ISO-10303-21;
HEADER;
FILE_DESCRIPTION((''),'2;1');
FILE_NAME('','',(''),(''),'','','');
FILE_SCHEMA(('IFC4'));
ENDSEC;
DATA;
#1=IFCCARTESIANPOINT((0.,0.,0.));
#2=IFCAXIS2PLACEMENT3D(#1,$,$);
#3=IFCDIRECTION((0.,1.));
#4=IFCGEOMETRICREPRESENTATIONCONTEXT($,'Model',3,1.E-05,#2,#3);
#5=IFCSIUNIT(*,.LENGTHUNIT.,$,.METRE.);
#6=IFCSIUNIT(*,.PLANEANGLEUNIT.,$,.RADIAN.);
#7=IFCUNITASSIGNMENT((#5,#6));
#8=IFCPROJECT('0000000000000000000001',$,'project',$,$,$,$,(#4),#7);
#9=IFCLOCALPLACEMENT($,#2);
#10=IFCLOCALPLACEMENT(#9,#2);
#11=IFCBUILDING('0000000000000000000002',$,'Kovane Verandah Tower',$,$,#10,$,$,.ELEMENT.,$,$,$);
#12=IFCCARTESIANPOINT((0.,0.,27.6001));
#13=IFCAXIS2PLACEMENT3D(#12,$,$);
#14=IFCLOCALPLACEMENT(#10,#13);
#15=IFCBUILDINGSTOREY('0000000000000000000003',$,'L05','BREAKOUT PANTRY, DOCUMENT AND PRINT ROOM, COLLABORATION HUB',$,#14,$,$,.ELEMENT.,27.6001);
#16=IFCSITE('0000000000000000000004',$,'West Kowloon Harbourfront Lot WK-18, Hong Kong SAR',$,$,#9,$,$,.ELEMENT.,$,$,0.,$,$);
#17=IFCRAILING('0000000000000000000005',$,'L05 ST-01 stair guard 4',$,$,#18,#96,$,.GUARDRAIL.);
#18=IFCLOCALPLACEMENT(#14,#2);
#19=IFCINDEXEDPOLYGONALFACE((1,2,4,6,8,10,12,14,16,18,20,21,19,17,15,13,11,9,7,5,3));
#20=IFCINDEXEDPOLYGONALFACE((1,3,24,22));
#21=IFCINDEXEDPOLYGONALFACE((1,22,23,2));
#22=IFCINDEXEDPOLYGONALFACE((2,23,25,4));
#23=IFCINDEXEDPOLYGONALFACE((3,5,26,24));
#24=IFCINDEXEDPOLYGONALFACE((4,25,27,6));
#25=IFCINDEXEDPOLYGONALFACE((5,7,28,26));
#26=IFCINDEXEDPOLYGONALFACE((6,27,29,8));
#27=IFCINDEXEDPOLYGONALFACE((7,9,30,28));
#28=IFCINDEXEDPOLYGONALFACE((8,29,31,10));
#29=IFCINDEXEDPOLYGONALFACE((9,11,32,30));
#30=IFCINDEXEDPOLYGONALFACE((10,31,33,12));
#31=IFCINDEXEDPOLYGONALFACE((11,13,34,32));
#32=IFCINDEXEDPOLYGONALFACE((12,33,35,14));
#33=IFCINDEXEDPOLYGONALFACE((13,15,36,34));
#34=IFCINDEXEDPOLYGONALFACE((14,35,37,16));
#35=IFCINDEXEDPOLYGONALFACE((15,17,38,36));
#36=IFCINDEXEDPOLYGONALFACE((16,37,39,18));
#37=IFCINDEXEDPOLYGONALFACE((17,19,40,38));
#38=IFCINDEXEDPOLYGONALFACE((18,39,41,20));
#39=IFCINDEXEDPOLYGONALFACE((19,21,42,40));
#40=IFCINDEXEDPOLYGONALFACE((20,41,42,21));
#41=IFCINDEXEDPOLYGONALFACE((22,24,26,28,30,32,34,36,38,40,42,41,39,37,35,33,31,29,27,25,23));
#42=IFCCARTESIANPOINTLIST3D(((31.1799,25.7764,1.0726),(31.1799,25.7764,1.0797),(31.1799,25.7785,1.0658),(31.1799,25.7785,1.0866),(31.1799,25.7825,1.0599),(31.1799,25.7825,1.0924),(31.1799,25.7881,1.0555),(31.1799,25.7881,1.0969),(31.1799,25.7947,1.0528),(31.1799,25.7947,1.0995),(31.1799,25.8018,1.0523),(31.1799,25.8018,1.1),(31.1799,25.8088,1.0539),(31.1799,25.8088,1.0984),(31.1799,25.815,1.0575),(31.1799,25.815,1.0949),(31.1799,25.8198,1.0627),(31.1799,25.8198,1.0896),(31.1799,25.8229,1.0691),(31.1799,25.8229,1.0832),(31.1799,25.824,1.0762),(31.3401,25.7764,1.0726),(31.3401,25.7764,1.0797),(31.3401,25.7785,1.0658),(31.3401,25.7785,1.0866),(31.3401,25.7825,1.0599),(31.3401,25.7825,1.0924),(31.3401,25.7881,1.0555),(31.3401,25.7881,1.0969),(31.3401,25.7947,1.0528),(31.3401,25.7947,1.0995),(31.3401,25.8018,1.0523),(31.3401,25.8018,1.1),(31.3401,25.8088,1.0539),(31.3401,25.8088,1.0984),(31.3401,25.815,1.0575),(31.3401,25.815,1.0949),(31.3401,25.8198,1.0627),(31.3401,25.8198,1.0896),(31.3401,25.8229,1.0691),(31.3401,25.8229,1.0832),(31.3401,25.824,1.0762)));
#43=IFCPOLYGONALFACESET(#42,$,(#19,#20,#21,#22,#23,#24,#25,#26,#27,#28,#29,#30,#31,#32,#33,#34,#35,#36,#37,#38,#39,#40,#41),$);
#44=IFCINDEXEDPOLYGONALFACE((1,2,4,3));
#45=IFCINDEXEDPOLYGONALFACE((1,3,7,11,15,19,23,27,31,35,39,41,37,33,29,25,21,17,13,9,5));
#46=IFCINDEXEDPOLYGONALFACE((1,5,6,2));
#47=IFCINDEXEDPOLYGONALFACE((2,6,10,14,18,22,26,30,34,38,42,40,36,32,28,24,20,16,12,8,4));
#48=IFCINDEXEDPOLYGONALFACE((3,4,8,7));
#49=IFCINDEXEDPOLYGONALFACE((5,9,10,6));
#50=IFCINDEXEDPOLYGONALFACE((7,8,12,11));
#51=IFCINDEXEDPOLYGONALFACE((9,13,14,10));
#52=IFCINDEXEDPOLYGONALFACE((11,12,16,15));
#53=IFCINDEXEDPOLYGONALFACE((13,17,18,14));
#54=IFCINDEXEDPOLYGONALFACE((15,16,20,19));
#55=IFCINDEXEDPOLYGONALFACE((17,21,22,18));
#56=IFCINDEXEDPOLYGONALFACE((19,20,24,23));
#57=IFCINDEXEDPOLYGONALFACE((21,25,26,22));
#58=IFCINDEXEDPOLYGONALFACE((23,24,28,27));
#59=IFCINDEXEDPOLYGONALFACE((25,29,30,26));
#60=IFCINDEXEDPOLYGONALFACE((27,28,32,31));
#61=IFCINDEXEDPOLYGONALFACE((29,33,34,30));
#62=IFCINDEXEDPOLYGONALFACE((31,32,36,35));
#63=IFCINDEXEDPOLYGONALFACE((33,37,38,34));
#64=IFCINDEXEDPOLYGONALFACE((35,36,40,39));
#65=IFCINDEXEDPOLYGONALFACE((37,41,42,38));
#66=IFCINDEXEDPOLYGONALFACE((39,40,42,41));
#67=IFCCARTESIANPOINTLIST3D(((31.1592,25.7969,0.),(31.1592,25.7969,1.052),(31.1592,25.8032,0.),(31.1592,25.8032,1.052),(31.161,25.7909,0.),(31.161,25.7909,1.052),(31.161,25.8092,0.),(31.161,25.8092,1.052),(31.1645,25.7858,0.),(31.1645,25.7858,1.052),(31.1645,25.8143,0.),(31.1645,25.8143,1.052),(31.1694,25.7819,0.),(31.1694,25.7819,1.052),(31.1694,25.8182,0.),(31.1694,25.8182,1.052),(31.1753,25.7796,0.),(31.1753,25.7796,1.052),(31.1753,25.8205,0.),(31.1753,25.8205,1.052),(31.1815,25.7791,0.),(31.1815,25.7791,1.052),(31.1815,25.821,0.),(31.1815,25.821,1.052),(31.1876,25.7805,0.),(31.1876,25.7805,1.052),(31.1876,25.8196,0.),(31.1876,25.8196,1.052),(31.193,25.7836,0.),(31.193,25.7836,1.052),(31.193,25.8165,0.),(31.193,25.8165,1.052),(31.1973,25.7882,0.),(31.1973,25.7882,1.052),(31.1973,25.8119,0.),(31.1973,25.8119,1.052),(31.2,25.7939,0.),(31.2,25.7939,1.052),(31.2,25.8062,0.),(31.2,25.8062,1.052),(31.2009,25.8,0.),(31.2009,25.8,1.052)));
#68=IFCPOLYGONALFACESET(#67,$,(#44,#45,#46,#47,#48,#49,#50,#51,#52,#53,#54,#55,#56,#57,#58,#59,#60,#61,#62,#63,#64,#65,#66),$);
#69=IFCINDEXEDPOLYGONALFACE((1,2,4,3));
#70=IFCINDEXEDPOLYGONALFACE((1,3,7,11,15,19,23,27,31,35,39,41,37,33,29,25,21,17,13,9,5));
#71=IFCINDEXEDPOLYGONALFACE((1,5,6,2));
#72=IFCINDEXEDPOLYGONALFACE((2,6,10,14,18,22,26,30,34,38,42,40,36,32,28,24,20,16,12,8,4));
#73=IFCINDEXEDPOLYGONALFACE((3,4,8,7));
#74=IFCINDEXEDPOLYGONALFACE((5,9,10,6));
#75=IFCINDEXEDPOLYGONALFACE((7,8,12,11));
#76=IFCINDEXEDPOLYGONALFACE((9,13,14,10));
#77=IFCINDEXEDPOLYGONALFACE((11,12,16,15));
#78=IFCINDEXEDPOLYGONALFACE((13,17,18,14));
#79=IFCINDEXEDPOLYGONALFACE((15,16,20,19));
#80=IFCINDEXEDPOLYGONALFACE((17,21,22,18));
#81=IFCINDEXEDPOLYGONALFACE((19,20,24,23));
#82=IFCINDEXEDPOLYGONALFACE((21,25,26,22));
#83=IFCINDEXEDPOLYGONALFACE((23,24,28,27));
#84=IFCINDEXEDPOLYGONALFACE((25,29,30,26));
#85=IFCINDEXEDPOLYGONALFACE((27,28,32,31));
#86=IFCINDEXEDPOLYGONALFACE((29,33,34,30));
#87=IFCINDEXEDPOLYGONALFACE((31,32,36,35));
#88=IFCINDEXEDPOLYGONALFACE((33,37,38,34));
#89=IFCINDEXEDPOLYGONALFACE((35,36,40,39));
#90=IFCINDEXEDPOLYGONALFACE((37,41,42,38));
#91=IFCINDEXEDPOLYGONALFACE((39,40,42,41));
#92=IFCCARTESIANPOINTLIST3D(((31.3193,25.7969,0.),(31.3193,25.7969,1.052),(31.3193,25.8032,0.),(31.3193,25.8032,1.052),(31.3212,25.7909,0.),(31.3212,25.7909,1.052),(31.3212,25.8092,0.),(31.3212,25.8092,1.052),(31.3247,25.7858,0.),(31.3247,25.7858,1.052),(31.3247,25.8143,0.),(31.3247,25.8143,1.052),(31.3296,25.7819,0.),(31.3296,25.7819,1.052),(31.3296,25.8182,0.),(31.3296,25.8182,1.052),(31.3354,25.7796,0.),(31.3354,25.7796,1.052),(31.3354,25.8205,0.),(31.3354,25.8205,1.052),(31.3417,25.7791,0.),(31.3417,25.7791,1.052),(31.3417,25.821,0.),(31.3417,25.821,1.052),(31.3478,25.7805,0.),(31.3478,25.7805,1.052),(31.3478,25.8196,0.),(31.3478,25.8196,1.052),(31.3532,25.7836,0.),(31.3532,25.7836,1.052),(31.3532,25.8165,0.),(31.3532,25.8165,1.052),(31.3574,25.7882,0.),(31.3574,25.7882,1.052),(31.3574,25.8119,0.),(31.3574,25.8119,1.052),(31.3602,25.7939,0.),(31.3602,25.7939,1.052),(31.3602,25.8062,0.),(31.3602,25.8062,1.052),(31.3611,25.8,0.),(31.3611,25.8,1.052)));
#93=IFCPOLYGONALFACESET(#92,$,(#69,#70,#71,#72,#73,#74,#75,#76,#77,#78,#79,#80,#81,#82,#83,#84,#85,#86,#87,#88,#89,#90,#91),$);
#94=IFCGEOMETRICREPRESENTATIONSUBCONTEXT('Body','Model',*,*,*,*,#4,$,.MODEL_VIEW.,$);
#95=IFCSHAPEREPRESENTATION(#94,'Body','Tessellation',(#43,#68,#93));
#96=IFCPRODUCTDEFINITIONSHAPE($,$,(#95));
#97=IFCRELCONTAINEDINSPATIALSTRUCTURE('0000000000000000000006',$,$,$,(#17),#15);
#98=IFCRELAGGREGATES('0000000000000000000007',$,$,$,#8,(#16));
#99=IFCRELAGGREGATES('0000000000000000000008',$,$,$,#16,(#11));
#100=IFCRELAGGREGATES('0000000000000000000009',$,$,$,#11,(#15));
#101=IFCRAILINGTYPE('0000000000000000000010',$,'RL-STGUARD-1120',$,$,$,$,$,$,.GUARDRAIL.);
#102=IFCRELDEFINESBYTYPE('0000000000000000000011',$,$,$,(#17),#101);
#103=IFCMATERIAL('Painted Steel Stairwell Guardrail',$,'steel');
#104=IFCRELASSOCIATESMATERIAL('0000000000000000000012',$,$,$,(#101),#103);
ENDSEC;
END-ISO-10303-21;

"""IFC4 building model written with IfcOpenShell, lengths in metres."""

from ifc_helpers import new_model, si_unit, direction, frame, origin, origin_2d, place, context, subcontext, project, spatial, circle, extrude, material, type_object, element, save


model = new_model("IFC4")

# Units and contexts
model_context = context("Model", 3, precision=1e-05, world=origin(), true_north=direction((0.0, 1.0)))
body_context = subcontext(model_context, "Body", "Model", "MODEL_VIEW")
ifc_project = project(units=[si_unit("LENGTHUNIT", "METRE"), si_unit("PLANEANGLEUNIT", "RADIAN")], contexts=[model_context])

# Site, building, storey
site_placement = place(None, origin())
site = spatial("IfcSite", under=ifc_project, at=site_placement, Name="West Kowloon Harbourfront Lot WK-18, Hong Kong SAR", CompositionType="ELEMENT", RefElevation=0.0)
building_placement = place(site_placement, origin())
building = spatial("IfcBuilding", under=site, at=building_placement, Name="Kovane Verandah Tower", CompositionType="ELEMENT")
storey_placement = place(building_placement, frame((0.0, 0.0, 27.6001)))
storey = spatial("IfcBuildingStorey", under=building, at=storey_placement, Name="L05", Description="BREAKOUT PANTRY, DOCUMENT AND PRINT ROOM, COLLABORATION HUB", CompositionType="ELEMENT", Elevation=27.6001)

# Railing
ifc_material_1 = material(Name="Painted Steel Stairwell Guardrail", Category="steel")
railing_type_1 = type_object("IfcRailingType", Name="RL-STGUARD-1120", PredefinedType="GUARDRAIL", material=ifc_material_1)
railing_1_placement = place(storey_placement, frame((31.1799, 25.8, 0.0)))
element("IfcRailing", 1, at=railing_1_placement, inside=storey, type_object=railing_type_1, Name="L05 ST-01 stair guard 4", PredefinedType="GUARDRAIL", context=body_context, shape_type="SweptSolid", body=[
    extrude(circle(Radius=0.0239, at=origin_2d()), frame((0.0, 0.0, 1.0762), z_axis=(1.0, 0.0, 0.0), x_axis=(0.0, 1.0, 0.0)), (0.0, 0.0, 1.0), 0.1602),
    extrude(circle(Radius=0.021, at=origin_2d()), origin(), (0.0, 0.0, 1.0), 1.052),
    extrude(circle(Radius=0.021, at=origin_2d()), frame((0.1602, 0.0, 0.0)), (0.0, 0.0, 1.0), 1.052),
])

save(model, "model.ifc")
